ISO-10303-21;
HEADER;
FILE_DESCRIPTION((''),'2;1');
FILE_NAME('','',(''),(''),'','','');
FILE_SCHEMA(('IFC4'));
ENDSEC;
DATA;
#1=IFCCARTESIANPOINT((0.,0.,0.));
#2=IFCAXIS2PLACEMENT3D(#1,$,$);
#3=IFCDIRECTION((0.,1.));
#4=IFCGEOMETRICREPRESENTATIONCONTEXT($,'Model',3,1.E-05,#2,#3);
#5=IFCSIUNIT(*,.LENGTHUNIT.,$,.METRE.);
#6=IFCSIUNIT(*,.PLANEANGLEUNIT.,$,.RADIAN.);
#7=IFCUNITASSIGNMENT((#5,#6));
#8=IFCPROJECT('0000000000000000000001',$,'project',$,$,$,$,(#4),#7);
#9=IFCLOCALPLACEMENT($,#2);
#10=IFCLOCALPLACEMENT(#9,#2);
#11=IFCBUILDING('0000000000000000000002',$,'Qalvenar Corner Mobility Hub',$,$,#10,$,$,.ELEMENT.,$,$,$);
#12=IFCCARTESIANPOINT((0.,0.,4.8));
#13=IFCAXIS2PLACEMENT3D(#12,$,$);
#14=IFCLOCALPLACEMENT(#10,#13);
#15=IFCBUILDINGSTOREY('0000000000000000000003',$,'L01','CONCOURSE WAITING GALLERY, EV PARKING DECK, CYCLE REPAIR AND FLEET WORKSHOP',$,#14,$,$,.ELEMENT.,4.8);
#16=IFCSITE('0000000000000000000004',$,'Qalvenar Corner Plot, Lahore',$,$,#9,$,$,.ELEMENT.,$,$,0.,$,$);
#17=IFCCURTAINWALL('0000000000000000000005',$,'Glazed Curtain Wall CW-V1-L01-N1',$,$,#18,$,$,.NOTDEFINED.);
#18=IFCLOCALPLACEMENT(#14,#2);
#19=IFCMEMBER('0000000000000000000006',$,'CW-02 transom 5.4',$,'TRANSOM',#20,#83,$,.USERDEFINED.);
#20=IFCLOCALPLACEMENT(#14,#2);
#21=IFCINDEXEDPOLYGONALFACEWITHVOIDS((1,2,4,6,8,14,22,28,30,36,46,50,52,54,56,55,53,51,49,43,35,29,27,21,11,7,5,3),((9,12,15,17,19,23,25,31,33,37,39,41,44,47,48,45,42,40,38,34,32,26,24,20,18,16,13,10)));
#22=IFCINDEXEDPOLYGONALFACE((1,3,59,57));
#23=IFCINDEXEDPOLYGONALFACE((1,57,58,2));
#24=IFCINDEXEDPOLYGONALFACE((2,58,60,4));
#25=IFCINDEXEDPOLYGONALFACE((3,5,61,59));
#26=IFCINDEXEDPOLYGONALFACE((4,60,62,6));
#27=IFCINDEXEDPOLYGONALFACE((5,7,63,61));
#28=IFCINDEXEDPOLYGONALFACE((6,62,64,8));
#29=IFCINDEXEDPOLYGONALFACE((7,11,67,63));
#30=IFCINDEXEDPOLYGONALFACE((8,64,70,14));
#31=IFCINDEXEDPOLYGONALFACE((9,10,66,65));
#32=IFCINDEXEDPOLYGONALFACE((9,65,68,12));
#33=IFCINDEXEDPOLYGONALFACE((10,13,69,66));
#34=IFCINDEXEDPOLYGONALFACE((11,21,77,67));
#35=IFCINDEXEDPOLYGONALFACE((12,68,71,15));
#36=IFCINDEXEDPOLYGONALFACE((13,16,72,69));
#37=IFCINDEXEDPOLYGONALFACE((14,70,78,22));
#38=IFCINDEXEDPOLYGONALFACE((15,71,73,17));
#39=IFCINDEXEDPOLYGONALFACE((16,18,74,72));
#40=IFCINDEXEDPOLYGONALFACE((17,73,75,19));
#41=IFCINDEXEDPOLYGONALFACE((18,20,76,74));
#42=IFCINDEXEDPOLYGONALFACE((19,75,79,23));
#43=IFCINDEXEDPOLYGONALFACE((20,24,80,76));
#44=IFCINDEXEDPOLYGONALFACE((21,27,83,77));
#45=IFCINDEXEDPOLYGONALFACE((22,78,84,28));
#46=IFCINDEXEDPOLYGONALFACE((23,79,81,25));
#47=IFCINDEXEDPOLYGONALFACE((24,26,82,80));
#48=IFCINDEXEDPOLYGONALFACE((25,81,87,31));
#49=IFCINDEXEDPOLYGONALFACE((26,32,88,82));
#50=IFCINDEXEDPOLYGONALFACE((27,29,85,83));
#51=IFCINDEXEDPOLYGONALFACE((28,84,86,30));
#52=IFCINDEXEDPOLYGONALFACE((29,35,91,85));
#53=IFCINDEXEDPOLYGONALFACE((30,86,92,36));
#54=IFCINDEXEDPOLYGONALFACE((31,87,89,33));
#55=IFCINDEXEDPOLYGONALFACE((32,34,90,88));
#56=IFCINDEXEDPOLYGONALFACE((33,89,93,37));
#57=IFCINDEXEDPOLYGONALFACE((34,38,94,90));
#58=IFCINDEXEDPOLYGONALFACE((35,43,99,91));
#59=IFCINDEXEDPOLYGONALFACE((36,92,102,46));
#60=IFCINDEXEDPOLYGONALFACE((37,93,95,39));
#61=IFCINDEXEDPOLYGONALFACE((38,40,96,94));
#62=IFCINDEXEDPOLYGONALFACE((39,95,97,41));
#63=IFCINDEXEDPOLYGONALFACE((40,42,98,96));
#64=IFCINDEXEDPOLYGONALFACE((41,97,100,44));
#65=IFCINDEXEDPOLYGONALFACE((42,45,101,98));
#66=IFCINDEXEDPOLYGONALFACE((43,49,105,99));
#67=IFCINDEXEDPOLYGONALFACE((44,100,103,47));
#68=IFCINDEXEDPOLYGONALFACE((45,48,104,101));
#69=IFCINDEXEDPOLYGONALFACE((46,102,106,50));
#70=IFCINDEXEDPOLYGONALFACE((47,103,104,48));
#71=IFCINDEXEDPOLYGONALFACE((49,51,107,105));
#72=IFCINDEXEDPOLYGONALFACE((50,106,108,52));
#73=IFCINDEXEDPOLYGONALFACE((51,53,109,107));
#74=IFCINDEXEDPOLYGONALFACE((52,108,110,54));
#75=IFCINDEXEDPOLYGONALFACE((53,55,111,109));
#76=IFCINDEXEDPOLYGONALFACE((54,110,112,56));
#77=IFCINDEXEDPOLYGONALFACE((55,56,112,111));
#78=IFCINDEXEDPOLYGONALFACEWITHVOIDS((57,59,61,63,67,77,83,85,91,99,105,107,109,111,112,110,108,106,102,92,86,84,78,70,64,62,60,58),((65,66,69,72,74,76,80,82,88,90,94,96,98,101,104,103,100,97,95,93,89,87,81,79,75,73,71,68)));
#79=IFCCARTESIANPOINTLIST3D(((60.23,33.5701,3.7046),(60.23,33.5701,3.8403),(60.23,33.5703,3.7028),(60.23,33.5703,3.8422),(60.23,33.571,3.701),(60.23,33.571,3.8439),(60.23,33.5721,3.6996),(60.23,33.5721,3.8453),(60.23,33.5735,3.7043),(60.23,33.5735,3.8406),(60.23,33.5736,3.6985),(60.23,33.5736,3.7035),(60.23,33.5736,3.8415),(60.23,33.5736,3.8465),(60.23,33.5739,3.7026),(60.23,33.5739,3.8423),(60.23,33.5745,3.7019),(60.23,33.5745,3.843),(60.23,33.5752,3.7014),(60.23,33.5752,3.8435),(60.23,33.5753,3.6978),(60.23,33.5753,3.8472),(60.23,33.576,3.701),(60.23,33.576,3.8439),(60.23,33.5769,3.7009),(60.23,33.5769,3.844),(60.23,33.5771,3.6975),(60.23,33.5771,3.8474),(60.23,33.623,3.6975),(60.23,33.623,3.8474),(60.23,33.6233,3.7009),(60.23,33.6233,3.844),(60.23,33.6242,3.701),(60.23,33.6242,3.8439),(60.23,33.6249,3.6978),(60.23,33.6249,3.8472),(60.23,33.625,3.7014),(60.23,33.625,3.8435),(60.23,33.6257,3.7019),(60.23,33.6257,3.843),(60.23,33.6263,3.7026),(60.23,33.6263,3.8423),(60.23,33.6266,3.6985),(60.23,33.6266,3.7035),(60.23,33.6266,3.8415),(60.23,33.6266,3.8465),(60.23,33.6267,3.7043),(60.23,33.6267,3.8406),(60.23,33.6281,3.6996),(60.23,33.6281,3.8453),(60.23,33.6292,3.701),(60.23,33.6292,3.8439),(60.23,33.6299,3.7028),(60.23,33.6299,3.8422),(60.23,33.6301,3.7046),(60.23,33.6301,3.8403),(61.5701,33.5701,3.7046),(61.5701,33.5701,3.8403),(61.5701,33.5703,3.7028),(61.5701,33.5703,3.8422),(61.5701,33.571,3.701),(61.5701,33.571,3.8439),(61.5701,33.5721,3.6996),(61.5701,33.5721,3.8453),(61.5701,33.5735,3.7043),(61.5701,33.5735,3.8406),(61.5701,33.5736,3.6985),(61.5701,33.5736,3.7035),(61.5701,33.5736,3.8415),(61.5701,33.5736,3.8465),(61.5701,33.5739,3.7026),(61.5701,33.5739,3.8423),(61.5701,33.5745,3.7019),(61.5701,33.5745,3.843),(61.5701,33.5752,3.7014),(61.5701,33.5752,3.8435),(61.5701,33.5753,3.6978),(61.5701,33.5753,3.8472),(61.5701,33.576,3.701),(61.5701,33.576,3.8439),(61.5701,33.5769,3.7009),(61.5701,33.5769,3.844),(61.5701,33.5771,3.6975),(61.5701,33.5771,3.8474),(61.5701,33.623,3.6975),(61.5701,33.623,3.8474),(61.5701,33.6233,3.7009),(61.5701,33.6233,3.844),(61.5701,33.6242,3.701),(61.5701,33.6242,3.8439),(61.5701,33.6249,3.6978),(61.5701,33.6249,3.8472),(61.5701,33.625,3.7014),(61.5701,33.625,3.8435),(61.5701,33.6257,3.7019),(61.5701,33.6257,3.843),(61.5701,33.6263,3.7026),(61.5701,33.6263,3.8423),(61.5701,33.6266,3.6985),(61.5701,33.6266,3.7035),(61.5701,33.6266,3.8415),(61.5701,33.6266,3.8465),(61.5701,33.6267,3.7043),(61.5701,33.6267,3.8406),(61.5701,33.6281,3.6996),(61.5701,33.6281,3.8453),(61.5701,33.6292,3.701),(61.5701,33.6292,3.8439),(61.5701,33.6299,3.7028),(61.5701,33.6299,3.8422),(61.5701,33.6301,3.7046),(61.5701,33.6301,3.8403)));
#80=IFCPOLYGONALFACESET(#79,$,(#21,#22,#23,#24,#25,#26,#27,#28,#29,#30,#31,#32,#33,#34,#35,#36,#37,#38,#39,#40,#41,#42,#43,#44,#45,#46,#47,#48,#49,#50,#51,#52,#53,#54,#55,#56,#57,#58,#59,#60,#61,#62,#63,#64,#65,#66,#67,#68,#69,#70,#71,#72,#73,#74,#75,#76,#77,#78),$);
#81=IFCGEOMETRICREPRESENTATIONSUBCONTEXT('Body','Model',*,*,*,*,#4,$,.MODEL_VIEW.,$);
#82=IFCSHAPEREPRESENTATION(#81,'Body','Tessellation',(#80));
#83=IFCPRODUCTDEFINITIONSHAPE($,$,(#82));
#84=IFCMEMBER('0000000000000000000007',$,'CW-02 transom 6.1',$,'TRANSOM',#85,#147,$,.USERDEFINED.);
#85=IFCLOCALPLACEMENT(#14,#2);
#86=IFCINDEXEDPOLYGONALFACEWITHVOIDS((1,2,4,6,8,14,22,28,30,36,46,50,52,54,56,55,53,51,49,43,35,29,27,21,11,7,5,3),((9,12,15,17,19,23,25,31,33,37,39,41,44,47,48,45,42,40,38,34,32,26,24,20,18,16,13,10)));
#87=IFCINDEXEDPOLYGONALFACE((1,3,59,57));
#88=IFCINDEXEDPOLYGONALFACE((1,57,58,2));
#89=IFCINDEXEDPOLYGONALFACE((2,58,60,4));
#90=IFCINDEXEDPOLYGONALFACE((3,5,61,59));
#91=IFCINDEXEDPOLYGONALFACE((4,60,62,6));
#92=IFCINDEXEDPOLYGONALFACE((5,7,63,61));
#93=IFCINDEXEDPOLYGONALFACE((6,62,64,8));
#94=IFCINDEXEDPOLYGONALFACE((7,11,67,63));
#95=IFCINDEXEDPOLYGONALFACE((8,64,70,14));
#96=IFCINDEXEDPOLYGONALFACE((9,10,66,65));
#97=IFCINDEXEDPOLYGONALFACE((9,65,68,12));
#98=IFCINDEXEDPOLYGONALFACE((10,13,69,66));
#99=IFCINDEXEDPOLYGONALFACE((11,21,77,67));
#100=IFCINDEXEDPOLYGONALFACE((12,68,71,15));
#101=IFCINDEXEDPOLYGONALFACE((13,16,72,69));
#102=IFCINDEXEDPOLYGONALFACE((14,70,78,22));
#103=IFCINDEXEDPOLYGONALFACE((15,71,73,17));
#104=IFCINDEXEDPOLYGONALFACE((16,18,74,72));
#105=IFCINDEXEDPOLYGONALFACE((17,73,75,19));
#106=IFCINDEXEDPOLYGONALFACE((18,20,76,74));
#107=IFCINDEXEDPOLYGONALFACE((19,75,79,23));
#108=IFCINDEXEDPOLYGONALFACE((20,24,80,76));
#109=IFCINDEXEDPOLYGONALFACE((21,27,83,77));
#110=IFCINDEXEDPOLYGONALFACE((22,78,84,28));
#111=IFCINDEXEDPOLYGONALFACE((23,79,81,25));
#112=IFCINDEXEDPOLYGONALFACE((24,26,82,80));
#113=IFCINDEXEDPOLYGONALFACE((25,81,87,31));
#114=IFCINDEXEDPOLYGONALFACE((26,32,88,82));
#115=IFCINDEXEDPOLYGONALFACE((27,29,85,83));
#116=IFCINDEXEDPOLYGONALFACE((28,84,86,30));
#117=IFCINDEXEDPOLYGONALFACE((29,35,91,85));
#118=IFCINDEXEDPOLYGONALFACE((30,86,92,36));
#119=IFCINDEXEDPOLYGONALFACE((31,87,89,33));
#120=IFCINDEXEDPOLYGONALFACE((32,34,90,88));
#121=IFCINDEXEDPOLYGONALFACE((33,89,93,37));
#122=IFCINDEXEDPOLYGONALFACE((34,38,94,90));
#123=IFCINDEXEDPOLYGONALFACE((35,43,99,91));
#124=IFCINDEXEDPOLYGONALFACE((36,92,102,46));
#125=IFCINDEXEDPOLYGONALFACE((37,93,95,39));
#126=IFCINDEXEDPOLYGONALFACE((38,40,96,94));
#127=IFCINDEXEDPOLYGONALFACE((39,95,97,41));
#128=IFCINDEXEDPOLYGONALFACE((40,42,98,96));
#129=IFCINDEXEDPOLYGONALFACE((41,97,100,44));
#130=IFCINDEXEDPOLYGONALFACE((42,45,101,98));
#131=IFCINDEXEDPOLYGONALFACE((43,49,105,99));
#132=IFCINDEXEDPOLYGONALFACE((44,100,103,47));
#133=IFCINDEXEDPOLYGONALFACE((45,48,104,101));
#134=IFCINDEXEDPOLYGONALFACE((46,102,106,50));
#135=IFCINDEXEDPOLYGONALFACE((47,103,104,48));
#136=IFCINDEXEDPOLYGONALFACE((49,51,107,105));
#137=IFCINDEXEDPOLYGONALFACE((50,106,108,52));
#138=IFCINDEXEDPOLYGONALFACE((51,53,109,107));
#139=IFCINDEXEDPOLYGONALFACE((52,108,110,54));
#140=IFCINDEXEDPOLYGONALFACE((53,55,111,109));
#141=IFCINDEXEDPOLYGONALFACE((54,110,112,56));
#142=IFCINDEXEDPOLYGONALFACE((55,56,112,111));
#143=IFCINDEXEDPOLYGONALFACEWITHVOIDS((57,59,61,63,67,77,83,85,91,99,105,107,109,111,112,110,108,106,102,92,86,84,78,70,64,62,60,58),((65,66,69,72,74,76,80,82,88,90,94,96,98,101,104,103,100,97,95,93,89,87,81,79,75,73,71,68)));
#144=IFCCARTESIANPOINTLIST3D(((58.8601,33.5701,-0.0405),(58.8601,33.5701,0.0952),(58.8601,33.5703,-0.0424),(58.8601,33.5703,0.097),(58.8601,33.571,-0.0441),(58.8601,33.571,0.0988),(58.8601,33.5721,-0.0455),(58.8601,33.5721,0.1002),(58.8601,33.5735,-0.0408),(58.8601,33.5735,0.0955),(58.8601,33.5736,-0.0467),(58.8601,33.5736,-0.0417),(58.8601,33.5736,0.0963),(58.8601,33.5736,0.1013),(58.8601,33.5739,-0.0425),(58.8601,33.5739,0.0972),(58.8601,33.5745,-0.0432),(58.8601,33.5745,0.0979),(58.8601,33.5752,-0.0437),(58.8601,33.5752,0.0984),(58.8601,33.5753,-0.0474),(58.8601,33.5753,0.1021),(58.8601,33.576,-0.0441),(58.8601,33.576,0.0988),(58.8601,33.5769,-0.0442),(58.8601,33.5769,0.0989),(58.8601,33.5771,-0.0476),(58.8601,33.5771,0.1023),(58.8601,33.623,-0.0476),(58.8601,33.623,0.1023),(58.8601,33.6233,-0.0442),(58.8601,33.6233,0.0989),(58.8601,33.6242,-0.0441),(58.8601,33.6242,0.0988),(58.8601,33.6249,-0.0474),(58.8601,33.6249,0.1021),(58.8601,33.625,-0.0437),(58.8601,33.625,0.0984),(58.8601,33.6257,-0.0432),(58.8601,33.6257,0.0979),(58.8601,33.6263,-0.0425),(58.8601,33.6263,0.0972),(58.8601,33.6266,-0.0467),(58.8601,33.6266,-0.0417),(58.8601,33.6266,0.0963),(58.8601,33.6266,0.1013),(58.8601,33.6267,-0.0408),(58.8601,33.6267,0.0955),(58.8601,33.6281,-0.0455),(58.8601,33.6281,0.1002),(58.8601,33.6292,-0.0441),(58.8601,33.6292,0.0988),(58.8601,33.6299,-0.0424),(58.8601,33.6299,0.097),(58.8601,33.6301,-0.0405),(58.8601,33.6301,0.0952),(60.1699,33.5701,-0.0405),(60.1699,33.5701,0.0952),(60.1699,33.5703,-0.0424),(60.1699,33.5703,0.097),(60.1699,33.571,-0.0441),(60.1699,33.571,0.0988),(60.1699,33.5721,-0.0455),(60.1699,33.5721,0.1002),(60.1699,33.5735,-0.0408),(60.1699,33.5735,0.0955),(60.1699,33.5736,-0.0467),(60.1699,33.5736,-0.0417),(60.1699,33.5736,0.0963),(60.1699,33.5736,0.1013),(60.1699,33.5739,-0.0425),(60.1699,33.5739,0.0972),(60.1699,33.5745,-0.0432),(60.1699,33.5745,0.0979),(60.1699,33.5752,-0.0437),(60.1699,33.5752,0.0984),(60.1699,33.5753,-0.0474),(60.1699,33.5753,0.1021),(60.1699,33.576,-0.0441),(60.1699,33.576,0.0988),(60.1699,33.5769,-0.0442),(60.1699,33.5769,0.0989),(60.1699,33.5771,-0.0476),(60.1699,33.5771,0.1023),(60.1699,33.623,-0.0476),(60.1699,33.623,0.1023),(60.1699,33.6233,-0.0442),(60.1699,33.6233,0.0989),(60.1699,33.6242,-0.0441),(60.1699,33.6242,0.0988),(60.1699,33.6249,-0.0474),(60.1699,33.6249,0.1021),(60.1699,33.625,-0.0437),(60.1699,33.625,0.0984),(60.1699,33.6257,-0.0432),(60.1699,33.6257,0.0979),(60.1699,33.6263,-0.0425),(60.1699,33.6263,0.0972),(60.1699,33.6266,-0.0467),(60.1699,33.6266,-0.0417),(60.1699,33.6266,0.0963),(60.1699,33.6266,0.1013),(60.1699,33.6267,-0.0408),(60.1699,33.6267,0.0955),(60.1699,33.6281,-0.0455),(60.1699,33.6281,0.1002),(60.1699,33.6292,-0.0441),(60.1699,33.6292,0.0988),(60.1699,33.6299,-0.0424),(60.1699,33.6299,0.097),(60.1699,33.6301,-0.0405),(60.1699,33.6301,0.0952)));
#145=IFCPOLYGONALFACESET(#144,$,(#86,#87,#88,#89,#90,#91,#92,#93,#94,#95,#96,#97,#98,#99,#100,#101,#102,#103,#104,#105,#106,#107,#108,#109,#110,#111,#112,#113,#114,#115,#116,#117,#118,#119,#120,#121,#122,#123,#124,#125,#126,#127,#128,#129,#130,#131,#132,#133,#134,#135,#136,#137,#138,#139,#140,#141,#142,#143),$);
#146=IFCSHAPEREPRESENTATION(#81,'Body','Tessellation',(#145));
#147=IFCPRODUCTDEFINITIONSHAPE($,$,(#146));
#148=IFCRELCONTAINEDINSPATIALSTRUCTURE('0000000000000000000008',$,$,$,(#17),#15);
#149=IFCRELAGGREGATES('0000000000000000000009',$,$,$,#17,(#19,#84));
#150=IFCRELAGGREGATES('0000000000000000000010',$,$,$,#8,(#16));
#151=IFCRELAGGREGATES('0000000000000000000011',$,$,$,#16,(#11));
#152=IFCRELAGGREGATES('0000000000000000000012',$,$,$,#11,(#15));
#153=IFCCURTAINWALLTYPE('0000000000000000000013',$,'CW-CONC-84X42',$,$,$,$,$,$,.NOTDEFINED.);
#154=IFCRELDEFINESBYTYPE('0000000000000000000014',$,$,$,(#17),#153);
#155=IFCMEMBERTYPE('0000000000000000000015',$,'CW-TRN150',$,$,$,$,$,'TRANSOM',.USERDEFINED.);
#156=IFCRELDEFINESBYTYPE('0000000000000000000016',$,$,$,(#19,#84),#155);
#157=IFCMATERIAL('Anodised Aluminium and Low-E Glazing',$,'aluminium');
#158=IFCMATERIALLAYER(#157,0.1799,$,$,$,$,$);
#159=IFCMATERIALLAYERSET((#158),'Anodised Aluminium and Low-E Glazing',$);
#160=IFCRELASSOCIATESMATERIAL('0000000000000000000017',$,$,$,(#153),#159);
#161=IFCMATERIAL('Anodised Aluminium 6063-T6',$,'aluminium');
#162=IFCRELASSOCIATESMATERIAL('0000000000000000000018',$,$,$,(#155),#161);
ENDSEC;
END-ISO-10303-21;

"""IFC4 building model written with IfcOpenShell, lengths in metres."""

from ifc_helpers import new_model, si_unit, direction, frame, origin, origin_2d, place, context, subcontext, project, spatial, hollow_rectangle, extrude, material, layer, layer_set, material_profile, profile_set, type_object, element, aggregate, save


model = new_model("IFC4")

# Units and contexts
model_context = context("Model", 3, precision=1e-05, world=origin(), true_north=direction((0.0, 1.0)))
body_context = subcontext(model_context, "Body", "Model", "MODEL_VIEW")
ifc_project = project(units=[si_unit("LENGTHUNIT", "METRE"), si_unit("PLANEANGLEUNIT", "RADIAN")], contexts=[model_context])

# Site, building, storey
site_placement = place(None, origin())
site = spatial("IfcSite", under=ifc_project, at=site_placement, Name="Qalvenar Corner Plot, Lahore", CompositionType="ELEMENT", RefElevation=0.0)
building_placement = place(site_placement, origin())
building = spatial("IfcBuilding", under=site, at=building_placement, Name="Qalvenar Corner Mobility Hub", CompositionType="ELEMENT")
storey_placement = place(building_placement, frame((0.0, 0.0, 4.8)))
storey = spatial("IfcBuildingStorey", under=building, at=storey_placement, Name="L01", Description="CONCOURSE WAITING GALLERY, EV PARKING DECK, CYCLE REPAIR AND FLEET WORKSHOP", CompositionType="ELEMENT", Elevation=4.8)

# Curtain wall, members
ifc_material_1 = material(Name="Anodised Aluminium and Low-E Glazing", Category="aluminium")
ifc_layer_1 = layer(ifc_material_1, 0.1799)
ifc_layer_set_1 = layer_set([ifc_layer_1], Name="Anodised Aluminium and Low-E Glazing")
curtain_wall_type = type_object("IfcCurtainWallType", Name="CW-CONC-84X42", PredefinedType="NOTDEFINED", material=ifc_layer_set_1)
curtain_wall_placement = place(storey_placement, origin())
curtain_wall = element("IfcCurtainWall", 1, at=curtain_wall_placement, inside=storey, type_object=curtain_wall_type, Name="Glazed Curtain Wall CW-V1-L01-N1", PredefinedType="NOTDEFINED")
ifc_material_2 = material(Name="Anodised Aluminium 6063-T6", Category="aluminium")
ifc_material_profile_1 = material_profile(ifc_material_2, hollow_rectangle(XDim=0.0601, YDim=0.1499, WallThickness=0.0034, InnerFilletRadius=0.0034, OuterFilletRadius=0.0071, at=origin_2d()), Name="RHS150x60x3.5")
ifc_profile_set_1 = profile_set([ifc_material_profile_1], Name="Anodised Aluminium 6063-T6")
member_type_1 = type_object("IfcMemberType", Name="CW-TRN150", ElementType="TRANSOM", PredefinedType="USERDEFINED", material=ifc_profile_set_1)
member_1_placement = place(storey_placement, frame((61.5701, 33.6001, 3.7725), z_axis=(-1.0, 0.0, 0.0), x_axis=(0.0, -1.0, 0.0)))
member_1 = element("IfcMember", 2, at=member_1_placement, type_object=member_type_1, Name="CW-02 transom 5.4", ObjectType="TRANSOM", PredefinedType="USERDEFINED", context=body_context, shape_type="SweptSolid", body=[
    extrude(hollow_rectangle(XDim=0.0601, YDim=0.1499, WallThickness=0.0034, InnerFilletRadius=0.0034, OuterFilletRadius=0.0071, at=origin_2d()), origin(), (0.0, 0.0, 1.0), 1.3401),
])
member_2_placement = place(storey_placement, frame((60.1699, 33.6001, 0.0273), z_axis=(-1.0, 0.0, 0.0), x_axis=(0.0, -1.0, 0.0)))
member_2 = element("IfcMember", 3, at=member_2_placement, type_object=member_type_1, Name="CW-02 transom 6.1", ObjectType="TRANSOM", PredefinedType="USERDEFINED", context=body_context, shape_type="SweptSolid", body=[
    extrude(hollow_rectangle(XDim=0.0601, YDim=0.1499, WallThickness=0.0034, InnerFilletRadius=0.0034, OuterFilletRadius=0.0071, at=origin_2d()), origin(), (0.0, 0.0, 1.0), 1.3098),
])
aggregate(curtain_wall, [member_1, member_2])

save(model, "model.ifc")
